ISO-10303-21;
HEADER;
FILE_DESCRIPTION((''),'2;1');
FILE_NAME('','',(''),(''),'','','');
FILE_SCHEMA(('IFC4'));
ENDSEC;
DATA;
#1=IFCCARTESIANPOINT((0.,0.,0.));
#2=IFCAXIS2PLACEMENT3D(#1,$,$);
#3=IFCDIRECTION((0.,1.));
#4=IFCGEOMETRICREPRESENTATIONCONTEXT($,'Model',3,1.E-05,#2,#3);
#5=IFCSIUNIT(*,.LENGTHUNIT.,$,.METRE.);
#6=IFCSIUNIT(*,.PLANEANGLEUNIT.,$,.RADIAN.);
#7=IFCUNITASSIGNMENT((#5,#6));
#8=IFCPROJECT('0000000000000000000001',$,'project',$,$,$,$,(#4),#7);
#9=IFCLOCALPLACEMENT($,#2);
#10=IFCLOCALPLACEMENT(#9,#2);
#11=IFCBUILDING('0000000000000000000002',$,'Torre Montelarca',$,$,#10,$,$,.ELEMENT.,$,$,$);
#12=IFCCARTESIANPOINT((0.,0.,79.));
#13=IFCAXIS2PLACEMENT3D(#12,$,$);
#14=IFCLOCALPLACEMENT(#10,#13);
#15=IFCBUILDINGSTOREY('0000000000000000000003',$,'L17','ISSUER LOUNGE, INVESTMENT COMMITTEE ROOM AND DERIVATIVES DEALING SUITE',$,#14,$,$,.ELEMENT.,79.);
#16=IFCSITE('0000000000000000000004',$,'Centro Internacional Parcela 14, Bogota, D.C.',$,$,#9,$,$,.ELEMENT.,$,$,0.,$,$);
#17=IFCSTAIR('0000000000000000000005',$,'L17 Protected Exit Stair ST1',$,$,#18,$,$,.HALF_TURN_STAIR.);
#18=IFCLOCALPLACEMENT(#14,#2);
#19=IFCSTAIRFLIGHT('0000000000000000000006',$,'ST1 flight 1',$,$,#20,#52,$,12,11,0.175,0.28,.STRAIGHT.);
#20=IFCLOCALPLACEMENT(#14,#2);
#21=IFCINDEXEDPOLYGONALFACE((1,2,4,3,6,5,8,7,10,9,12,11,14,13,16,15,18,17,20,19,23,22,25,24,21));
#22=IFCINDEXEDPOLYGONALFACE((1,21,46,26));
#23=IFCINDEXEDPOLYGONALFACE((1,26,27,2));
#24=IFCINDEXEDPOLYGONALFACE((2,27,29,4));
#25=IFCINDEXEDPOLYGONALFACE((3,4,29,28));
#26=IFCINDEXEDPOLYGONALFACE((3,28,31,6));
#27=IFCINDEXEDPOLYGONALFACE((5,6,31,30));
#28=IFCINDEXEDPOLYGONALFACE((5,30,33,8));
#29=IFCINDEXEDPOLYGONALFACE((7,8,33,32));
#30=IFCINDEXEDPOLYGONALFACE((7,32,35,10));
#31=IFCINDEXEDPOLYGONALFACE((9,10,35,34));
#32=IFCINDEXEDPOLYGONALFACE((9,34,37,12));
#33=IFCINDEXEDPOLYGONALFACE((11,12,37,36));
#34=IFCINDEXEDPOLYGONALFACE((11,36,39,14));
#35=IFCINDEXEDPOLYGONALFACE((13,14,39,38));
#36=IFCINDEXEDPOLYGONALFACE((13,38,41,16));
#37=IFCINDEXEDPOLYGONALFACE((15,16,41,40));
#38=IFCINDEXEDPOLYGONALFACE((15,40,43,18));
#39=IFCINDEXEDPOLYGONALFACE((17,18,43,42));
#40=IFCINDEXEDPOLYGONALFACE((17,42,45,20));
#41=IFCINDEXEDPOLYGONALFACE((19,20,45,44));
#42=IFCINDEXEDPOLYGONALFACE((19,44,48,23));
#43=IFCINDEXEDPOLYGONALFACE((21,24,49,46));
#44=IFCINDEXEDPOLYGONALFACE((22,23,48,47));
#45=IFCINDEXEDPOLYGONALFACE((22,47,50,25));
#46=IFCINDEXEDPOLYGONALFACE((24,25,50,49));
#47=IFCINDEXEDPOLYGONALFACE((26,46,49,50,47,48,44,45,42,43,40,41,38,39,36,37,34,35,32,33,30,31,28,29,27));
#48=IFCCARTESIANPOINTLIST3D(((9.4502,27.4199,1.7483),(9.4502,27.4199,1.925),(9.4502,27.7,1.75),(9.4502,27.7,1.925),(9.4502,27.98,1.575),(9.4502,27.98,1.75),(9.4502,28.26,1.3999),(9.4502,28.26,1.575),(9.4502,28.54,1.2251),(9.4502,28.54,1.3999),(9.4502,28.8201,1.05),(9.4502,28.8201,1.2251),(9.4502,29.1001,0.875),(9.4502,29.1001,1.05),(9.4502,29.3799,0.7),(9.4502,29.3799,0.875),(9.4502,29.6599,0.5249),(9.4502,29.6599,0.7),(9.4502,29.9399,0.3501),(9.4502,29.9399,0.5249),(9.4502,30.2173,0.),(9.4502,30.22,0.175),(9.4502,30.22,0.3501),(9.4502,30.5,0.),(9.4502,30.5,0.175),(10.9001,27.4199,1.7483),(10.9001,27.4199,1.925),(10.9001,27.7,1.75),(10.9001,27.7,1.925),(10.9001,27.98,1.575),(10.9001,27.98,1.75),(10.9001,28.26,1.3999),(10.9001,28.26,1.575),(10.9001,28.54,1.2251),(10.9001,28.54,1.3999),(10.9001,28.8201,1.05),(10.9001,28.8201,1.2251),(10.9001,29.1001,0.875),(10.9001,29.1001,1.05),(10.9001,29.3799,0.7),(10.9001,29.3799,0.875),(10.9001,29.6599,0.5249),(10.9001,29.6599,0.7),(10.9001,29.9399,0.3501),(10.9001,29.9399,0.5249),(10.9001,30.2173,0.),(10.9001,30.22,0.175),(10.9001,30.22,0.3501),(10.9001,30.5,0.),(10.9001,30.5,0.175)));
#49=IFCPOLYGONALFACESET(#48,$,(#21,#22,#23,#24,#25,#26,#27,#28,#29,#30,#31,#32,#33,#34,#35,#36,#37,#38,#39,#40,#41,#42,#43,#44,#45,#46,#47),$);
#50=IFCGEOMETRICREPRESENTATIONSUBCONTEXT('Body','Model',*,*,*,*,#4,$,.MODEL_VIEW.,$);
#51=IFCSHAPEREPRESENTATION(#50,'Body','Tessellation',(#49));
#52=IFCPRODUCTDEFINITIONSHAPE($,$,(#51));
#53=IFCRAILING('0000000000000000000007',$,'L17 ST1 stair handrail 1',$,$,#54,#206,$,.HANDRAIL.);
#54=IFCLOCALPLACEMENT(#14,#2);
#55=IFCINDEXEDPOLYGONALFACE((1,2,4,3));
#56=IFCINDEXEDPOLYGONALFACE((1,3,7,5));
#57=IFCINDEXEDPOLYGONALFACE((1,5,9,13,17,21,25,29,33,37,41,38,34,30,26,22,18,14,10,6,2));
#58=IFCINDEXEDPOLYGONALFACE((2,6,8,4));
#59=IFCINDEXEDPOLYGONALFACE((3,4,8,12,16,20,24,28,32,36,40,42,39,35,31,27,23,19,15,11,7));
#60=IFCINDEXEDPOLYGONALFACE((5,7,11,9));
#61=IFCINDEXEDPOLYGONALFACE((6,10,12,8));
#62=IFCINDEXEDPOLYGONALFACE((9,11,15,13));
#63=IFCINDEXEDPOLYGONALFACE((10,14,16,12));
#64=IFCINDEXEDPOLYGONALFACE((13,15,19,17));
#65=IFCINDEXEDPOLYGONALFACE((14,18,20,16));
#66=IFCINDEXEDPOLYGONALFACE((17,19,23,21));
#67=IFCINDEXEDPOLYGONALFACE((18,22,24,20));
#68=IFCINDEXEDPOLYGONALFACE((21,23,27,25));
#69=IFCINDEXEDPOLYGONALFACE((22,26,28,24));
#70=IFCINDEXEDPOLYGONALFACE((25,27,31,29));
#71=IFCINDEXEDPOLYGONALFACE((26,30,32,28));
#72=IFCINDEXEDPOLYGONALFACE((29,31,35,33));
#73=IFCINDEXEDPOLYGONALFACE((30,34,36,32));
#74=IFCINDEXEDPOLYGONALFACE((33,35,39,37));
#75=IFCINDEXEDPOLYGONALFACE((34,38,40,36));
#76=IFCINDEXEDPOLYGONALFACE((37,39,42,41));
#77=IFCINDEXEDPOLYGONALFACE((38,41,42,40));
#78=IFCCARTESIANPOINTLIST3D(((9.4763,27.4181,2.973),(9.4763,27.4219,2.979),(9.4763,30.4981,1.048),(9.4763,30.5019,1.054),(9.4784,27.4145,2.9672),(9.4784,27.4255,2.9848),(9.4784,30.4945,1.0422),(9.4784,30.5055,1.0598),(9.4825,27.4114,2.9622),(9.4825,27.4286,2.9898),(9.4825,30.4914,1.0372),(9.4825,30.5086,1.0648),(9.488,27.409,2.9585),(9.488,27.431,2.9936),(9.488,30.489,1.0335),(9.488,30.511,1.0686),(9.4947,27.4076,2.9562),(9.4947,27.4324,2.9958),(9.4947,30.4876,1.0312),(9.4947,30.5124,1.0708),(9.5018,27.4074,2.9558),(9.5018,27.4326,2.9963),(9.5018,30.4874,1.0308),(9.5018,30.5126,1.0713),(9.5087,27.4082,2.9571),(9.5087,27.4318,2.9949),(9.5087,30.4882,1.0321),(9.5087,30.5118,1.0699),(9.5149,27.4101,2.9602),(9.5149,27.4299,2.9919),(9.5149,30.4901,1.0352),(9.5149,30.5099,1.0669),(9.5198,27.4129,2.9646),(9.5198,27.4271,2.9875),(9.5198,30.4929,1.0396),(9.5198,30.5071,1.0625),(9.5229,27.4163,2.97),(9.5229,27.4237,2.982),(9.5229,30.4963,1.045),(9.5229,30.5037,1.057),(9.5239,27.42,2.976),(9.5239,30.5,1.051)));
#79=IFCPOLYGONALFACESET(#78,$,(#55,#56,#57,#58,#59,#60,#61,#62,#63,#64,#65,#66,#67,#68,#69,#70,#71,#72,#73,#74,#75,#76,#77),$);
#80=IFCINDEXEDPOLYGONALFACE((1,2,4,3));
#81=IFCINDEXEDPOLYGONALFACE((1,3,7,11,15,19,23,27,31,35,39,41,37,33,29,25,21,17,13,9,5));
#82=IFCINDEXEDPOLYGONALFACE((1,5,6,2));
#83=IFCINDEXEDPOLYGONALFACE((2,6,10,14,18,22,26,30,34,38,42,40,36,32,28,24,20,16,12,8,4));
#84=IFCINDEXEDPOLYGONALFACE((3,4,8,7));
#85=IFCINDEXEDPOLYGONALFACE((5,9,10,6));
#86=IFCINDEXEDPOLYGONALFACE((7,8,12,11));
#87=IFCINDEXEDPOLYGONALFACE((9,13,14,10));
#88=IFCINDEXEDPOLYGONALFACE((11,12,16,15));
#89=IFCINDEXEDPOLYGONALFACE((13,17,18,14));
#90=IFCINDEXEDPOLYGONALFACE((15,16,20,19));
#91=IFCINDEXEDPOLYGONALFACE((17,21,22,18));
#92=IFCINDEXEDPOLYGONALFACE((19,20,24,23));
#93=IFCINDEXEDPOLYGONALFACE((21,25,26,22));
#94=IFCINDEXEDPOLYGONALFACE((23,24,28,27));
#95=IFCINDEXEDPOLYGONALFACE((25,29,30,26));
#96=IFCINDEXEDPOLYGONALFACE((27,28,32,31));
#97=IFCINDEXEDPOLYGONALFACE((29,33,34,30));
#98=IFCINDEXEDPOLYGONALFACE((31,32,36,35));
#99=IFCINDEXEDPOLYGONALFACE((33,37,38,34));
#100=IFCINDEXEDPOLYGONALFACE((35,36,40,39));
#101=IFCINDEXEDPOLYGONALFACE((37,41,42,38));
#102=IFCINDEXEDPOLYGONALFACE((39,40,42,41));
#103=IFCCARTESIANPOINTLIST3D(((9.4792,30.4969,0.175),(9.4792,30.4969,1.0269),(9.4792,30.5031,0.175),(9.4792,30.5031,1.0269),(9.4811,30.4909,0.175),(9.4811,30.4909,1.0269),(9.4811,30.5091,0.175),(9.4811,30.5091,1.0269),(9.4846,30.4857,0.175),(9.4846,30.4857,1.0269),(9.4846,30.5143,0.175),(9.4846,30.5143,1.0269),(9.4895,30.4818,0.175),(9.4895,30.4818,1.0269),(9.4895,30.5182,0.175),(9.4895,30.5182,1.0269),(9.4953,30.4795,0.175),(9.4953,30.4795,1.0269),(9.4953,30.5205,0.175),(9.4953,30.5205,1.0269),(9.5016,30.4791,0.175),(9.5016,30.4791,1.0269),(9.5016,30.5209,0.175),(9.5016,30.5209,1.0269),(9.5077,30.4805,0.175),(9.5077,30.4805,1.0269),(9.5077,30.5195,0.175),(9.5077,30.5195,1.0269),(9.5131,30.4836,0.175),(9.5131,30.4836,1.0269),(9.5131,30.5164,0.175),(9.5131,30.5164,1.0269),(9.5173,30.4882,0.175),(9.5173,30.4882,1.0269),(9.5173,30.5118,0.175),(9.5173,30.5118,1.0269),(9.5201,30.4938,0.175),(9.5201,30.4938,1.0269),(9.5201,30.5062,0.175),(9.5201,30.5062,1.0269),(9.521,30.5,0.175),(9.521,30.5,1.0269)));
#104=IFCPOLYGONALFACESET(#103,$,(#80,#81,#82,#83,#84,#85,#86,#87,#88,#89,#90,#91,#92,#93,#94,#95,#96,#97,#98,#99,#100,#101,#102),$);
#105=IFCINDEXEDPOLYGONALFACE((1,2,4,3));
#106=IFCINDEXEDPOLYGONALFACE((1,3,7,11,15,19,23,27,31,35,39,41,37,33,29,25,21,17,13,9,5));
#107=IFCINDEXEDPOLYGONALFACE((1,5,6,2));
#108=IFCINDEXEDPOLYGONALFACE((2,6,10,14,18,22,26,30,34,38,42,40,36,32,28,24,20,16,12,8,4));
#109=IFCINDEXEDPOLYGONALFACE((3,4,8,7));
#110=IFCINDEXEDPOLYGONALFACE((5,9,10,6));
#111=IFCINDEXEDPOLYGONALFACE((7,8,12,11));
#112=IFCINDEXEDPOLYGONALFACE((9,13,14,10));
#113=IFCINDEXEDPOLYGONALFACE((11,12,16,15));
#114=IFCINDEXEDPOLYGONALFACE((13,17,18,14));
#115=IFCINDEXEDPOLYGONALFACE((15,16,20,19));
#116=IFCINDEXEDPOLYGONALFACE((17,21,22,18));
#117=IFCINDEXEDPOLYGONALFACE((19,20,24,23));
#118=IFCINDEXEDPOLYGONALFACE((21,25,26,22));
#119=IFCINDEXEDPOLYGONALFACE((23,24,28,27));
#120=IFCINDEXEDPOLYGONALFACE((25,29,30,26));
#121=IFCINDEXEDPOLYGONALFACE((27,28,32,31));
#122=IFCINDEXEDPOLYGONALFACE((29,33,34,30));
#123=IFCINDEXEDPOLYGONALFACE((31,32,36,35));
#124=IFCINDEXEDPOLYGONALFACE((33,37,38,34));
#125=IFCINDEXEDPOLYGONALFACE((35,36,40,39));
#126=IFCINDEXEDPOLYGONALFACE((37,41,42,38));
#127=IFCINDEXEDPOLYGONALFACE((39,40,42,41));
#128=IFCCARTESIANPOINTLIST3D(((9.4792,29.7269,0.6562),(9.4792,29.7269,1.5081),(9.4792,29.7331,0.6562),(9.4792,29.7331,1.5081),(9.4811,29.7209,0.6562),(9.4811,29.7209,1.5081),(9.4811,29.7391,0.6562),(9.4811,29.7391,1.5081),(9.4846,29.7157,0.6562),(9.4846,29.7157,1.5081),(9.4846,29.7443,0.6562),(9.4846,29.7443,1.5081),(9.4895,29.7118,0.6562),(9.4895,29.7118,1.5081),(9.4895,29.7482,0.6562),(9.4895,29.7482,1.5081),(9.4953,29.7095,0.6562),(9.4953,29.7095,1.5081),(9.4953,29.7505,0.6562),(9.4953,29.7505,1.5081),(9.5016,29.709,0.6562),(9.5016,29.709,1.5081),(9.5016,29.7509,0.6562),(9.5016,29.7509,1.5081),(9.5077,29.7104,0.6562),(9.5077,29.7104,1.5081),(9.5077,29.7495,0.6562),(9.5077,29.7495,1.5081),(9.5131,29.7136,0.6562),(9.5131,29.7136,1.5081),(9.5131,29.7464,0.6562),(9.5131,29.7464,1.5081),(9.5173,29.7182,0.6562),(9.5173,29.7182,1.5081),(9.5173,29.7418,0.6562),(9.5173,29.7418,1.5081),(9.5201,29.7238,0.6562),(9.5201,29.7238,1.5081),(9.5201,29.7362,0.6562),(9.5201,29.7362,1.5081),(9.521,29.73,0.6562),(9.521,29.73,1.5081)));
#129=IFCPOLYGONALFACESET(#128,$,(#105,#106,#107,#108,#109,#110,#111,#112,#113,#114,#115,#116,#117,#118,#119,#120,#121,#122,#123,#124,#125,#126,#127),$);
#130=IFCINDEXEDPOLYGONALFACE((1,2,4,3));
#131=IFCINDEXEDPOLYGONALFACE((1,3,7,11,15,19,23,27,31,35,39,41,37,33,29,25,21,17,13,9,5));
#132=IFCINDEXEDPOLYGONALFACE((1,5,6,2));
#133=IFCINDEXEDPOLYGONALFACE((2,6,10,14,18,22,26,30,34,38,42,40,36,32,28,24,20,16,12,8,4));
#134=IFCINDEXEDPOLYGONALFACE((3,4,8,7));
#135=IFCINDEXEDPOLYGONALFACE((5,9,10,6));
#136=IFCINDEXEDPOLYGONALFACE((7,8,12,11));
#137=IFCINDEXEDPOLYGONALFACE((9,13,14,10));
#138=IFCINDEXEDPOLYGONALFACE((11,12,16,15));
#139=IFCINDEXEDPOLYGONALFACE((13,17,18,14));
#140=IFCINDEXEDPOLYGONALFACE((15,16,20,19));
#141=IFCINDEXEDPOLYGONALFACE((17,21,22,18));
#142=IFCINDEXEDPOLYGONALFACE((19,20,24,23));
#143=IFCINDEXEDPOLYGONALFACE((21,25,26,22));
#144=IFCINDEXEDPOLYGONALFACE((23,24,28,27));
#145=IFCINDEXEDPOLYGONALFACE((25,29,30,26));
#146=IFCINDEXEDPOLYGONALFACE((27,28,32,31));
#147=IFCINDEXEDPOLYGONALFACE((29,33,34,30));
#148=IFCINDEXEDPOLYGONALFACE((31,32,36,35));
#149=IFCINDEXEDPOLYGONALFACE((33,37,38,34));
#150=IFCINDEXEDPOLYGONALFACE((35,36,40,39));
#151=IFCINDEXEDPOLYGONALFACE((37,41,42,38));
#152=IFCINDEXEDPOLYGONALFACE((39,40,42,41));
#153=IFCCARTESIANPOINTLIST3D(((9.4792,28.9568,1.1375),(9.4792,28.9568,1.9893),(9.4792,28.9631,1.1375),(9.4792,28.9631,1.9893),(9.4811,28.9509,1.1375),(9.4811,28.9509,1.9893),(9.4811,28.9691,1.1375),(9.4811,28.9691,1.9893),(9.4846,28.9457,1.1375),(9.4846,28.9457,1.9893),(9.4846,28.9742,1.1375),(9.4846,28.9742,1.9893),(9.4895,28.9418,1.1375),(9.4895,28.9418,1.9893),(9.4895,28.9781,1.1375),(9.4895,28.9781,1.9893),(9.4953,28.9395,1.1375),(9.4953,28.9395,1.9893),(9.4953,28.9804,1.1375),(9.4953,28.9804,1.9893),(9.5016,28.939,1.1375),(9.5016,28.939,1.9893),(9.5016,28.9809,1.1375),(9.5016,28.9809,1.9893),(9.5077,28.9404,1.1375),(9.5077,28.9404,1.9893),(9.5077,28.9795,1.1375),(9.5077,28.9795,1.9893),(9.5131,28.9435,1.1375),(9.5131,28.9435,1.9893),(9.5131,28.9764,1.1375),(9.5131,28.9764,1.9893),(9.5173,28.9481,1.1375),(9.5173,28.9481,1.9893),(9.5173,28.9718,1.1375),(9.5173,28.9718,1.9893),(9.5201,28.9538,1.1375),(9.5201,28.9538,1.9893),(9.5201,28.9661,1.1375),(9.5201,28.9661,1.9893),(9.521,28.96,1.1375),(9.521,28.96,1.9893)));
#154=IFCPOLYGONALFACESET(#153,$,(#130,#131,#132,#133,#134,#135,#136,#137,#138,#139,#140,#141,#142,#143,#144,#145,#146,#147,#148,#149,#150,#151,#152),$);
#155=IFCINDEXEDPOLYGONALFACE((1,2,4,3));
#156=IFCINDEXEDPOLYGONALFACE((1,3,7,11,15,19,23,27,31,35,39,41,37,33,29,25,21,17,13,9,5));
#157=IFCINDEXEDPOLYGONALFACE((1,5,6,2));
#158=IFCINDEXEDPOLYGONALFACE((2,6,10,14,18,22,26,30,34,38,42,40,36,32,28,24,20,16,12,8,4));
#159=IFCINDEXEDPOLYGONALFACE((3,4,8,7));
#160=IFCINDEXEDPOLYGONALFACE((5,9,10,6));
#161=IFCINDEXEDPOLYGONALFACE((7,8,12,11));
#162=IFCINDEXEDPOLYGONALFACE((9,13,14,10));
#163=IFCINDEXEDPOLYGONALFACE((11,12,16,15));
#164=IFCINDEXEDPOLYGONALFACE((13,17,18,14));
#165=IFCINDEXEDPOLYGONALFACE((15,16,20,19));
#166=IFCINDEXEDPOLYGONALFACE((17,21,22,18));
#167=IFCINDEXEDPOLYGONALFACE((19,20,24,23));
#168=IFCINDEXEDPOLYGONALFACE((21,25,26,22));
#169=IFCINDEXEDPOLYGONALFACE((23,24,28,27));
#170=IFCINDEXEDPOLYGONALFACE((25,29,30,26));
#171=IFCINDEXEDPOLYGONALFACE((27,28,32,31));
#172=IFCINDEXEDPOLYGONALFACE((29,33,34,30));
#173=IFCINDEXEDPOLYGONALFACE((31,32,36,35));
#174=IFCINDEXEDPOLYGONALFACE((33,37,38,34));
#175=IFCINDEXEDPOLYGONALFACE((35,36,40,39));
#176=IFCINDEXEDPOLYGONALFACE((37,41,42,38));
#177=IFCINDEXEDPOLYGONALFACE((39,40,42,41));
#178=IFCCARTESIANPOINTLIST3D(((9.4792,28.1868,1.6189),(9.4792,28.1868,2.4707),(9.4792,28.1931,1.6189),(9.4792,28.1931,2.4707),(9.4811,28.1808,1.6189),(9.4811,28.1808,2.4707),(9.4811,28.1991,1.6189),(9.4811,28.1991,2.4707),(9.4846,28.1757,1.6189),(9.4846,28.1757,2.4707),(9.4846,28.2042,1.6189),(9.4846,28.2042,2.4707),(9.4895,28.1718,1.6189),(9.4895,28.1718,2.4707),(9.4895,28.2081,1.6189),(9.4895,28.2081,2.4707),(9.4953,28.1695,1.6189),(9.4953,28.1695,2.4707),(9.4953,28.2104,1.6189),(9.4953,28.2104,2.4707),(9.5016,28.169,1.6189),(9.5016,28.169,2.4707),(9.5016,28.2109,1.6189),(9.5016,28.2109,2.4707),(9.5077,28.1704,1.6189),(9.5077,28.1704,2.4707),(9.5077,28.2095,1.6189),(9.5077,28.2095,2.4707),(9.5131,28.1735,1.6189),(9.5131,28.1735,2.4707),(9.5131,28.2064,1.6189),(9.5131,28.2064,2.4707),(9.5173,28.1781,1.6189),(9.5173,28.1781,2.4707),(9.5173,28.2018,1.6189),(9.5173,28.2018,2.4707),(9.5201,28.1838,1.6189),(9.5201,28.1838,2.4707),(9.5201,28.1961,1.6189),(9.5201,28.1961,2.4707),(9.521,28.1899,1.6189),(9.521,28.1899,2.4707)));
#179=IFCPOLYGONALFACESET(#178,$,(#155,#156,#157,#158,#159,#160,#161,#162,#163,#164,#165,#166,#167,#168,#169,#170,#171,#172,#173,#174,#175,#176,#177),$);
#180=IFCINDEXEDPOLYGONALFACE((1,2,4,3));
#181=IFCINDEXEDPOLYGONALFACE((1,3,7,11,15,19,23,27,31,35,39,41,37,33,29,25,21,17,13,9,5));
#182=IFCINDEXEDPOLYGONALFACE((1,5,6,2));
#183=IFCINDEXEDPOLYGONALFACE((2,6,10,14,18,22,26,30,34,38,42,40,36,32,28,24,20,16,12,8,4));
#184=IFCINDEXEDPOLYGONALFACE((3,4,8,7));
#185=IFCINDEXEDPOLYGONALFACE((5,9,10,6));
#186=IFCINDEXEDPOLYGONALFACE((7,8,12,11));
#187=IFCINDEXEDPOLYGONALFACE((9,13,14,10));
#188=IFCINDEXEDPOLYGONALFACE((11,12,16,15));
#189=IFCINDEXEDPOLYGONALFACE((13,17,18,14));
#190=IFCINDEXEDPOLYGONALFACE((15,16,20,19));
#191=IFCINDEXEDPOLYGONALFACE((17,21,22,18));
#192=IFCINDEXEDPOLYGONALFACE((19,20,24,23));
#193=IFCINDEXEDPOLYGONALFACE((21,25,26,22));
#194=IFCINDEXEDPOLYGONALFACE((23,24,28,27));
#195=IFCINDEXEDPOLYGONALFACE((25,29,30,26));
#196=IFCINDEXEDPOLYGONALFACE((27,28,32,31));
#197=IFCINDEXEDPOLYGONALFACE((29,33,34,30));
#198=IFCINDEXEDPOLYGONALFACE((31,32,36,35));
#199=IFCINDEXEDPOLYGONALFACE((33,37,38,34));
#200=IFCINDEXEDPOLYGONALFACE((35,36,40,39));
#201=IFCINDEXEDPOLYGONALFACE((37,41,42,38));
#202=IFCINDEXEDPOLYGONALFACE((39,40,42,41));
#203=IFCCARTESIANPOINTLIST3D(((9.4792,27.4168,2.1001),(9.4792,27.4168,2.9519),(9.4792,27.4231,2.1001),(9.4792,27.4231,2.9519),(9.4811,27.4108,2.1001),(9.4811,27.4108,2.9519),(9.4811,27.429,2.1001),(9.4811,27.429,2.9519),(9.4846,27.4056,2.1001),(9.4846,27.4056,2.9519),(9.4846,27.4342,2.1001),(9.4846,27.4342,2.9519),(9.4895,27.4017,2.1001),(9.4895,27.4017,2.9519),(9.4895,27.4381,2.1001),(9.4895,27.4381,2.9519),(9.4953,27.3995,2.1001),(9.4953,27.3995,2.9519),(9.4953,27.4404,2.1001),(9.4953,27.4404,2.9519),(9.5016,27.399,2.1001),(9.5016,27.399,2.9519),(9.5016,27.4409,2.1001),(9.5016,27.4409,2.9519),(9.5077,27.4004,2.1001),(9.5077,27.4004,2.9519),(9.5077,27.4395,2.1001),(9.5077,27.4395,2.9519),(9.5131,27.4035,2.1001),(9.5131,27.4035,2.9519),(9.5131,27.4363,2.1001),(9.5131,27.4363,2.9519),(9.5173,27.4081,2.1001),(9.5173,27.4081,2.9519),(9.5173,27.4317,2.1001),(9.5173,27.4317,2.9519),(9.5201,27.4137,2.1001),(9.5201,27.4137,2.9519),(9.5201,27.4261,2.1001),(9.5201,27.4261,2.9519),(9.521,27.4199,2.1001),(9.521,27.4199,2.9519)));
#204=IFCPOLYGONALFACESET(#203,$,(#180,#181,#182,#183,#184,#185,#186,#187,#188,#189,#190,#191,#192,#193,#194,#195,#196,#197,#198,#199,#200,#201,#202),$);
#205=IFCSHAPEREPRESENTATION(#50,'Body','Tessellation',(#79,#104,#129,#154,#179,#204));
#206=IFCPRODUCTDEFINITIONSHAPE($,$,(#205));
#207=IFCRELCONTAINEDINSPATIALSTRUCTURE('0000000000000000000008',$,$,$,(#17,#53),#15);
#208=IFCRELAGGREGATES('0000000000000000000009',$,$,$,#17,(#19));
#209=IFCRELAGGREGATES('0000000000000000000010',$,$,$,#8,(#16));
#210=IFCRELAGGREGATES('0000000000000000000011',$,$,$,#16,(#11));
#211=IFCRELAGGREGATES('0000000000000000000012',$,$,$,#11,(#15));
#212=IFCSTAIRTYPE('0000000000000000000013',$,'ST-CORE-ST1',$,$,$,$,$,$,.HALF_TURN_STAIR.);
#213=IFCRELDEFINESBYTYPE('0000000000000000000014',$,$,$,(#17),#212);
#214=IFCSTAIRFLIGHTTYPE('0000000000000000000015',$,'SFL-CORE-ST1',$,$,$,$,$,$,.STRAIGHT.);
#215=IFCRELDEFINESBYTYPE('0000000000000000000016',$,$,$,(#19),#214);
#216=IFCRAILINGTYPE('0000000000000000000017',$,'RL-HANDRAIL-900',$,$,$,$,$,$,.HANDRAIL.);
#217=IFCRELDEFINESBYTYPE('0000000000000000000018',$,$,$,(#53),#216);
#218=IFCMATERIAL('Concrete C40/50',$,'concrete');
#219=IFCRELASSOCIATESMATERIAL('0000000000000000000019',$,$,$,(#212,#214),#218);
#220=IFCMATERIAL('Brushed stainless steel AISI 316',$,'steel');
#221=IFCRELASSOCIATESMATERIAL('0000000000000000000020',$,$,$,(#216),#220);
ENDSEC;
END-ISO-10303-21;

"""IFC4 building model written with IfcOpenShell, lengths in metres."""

from ifc_helpers import new_model, si_unit, direction, frame, origin, origin_2d, place, context, subcontext, project, spatial, polyline, circle, outline, extrude, material, type_object, element, aggregate, save


model = new_model("IFC4")

# Units and contexts
model_context = context("Model", 3, precision=1e-05, world=origin(), true_north=direction((0.0, 1.0)))
body_context = subcontext(model_context, "Body", "Model", "MODEL_VIEW")
ifc_project = project(units=[si_unit("LENGTHUNIT", "METRE"), si_unit("PLANEANGLEUNIT", "RADIAN")], contexts=[model_context])

# Site, building, storey
site_placement = place(None, origin())
site = spatial("IfcSite", under=ifc_project, at=site_placement, Name="Centro Internacional Parcela 14, Bogota, D.C.", CompositionType="ELEMENT", RefElevation=0.0)
building_placement = place(site_placement, origin())
building = spatial("IfcBuilding", under=site, at=building_placement, Name="Torre Montelarca", CompositionType="ELEMENT")
storey_placement = place(building_placement, frame((0.0, 0.0, 79.0)))
storey = spatial("IfcBuildingStorey", under=building, at=storey_placement, Name="L17", Description="ISSUER LOUNGE, INVESTMENT COMMITTEE ROOM AND DERIVATIVES DEALING SUITE", CompositionType="ELEMENT", Elevation=79.0)

# Shared definitions
ifc_material_1 = material(Name="Concrete C40/50", Category="concrete")

# Shared definitions
ifc_material_2 = material(Name="Brushed stainless steel AISI 316", Category="steel")

# Stair, stair flight
stair_type = type_object("IfcStairType", Name="ST-CORE-ST1", PredefinedType="HALF_TURN_STAIR", material=ifc_material_1)
stair_placement = place(storey_placement, origin())
stair = element("IfcStair", 1, at=stair_placement, inside=storey, type_object=stair_type, Name="L17 Protected Exit Stair ST1", PredefinedType="HALF_TURN_STAIR")
stair_flight_type = type_object("IfcStairFlightType", Name="SFL-CORE-ST1", PredefinedType="STRAIGHT", material=ifc_material_1)
stair_flight_placement = place(storey_placement, frame((10.175, 30.5, 0.0), z_axis=(0.0, 0.0, 1.0), x_axis=(0.0, -1.0, 0.0)))
stair_flight = element("IfcStairFlight", 2, at=stair_flight_placement, type_object=stair_flight_type, Name="ST1 flight 1", NumberOfRisers=12, NumberOfTreads=11, PredefinedType="STRAIGHT", RiserHeight=0.175, TreadLength=0.28, context=body_context, shape_type="SweptSolid", body=[
    extrude(outline(polyline([(0.0, 0.0), (0.0, 0.175), (0.28, 0.175), (0.28, 0.3501), (0.5601, 0.3501), (0.5601, 0.5249), (0.8401, 0.5249), (0.8401, 0.7), (1.1201, 0.7), (1.1201, 0.875), (1.3999, 0.875), (1.3999, 1.05), (1.6799, 1.05), (1.6799, 1.2251), (1.96, 1.2251), (1.96, 1.3999), (2.24, 1.3999), (2.24, 1.575), (2.52, 1.575), (2.52, 1.75), (2.8, 1.75), (2.8, 1.925), (3.0801, 1.925), (3.0801, 2.1001), (3.0801, 1.7483), (0.2827, 0.0), (0.0, 0.0)])), frame((0.0, 0.7251, 0.0), z_axis=(0.0, -1.0, 0.0), x_axis=(1.0, 0.0, 0.0)), (0.0, 0.0, 1.0), 1.45),
])
aggregate(stair, [stair_flight])

# Railing
railing_type = type_object("IfcRailingType", Name="RL-HANDRAIL-900", PredefinedType="HANDRAIL", material=ifc_material_2)
railing_placement = place(storey_placement, frame((9.5, 30.5, 0.175)))
element("IfcRailing", 3, at=railing_placement, inside=storey, type_object=railing_type, Name="L17 ST1 stair handrail 1", PredefinedType="HANDRAIL", context=body_context, shape_type="SweptSolid", body=[
    extrude(circle(Radius=0.0239, at=origin_2d()), frame((0.0, 0.0, 0.876), z_axis=(0.0, -0.847998, 0.529999), x_axis=(1.0, 0.0, 0.0)), (0.0, 0.0, 1.0), 3.6321),
    extrude(circle(Radius=0.021, at=origin_2d()), origin(), (0.0, 0.0, 1.0), 0.8518),
    extrude(circle(Radius=0.021, at=origin_2d()), frame((0.0, -0.77, 0.4812)), (0.0, 0.0, 1.0), 0.8518),
    extrude(circle(Radius=0.021, at=origin_2d()), frame((0.0, -1.54, 0.9624)), (0.0, 0.0, 1.0), 0.8518),
    extrude(circle(Radius=0.021, at=origin_2d()), frame((0.0, -2.3101, 1.4438)), (0.0, 0.0, 1.0), 0.8518),
    extrude(circle(Radius=0.021, at=origin_2d()), frame((0.0, -3.0801, 1.925)), (0.0, 0.0, 1.0), 0.8518),
])

save(model, "model.ifc")
